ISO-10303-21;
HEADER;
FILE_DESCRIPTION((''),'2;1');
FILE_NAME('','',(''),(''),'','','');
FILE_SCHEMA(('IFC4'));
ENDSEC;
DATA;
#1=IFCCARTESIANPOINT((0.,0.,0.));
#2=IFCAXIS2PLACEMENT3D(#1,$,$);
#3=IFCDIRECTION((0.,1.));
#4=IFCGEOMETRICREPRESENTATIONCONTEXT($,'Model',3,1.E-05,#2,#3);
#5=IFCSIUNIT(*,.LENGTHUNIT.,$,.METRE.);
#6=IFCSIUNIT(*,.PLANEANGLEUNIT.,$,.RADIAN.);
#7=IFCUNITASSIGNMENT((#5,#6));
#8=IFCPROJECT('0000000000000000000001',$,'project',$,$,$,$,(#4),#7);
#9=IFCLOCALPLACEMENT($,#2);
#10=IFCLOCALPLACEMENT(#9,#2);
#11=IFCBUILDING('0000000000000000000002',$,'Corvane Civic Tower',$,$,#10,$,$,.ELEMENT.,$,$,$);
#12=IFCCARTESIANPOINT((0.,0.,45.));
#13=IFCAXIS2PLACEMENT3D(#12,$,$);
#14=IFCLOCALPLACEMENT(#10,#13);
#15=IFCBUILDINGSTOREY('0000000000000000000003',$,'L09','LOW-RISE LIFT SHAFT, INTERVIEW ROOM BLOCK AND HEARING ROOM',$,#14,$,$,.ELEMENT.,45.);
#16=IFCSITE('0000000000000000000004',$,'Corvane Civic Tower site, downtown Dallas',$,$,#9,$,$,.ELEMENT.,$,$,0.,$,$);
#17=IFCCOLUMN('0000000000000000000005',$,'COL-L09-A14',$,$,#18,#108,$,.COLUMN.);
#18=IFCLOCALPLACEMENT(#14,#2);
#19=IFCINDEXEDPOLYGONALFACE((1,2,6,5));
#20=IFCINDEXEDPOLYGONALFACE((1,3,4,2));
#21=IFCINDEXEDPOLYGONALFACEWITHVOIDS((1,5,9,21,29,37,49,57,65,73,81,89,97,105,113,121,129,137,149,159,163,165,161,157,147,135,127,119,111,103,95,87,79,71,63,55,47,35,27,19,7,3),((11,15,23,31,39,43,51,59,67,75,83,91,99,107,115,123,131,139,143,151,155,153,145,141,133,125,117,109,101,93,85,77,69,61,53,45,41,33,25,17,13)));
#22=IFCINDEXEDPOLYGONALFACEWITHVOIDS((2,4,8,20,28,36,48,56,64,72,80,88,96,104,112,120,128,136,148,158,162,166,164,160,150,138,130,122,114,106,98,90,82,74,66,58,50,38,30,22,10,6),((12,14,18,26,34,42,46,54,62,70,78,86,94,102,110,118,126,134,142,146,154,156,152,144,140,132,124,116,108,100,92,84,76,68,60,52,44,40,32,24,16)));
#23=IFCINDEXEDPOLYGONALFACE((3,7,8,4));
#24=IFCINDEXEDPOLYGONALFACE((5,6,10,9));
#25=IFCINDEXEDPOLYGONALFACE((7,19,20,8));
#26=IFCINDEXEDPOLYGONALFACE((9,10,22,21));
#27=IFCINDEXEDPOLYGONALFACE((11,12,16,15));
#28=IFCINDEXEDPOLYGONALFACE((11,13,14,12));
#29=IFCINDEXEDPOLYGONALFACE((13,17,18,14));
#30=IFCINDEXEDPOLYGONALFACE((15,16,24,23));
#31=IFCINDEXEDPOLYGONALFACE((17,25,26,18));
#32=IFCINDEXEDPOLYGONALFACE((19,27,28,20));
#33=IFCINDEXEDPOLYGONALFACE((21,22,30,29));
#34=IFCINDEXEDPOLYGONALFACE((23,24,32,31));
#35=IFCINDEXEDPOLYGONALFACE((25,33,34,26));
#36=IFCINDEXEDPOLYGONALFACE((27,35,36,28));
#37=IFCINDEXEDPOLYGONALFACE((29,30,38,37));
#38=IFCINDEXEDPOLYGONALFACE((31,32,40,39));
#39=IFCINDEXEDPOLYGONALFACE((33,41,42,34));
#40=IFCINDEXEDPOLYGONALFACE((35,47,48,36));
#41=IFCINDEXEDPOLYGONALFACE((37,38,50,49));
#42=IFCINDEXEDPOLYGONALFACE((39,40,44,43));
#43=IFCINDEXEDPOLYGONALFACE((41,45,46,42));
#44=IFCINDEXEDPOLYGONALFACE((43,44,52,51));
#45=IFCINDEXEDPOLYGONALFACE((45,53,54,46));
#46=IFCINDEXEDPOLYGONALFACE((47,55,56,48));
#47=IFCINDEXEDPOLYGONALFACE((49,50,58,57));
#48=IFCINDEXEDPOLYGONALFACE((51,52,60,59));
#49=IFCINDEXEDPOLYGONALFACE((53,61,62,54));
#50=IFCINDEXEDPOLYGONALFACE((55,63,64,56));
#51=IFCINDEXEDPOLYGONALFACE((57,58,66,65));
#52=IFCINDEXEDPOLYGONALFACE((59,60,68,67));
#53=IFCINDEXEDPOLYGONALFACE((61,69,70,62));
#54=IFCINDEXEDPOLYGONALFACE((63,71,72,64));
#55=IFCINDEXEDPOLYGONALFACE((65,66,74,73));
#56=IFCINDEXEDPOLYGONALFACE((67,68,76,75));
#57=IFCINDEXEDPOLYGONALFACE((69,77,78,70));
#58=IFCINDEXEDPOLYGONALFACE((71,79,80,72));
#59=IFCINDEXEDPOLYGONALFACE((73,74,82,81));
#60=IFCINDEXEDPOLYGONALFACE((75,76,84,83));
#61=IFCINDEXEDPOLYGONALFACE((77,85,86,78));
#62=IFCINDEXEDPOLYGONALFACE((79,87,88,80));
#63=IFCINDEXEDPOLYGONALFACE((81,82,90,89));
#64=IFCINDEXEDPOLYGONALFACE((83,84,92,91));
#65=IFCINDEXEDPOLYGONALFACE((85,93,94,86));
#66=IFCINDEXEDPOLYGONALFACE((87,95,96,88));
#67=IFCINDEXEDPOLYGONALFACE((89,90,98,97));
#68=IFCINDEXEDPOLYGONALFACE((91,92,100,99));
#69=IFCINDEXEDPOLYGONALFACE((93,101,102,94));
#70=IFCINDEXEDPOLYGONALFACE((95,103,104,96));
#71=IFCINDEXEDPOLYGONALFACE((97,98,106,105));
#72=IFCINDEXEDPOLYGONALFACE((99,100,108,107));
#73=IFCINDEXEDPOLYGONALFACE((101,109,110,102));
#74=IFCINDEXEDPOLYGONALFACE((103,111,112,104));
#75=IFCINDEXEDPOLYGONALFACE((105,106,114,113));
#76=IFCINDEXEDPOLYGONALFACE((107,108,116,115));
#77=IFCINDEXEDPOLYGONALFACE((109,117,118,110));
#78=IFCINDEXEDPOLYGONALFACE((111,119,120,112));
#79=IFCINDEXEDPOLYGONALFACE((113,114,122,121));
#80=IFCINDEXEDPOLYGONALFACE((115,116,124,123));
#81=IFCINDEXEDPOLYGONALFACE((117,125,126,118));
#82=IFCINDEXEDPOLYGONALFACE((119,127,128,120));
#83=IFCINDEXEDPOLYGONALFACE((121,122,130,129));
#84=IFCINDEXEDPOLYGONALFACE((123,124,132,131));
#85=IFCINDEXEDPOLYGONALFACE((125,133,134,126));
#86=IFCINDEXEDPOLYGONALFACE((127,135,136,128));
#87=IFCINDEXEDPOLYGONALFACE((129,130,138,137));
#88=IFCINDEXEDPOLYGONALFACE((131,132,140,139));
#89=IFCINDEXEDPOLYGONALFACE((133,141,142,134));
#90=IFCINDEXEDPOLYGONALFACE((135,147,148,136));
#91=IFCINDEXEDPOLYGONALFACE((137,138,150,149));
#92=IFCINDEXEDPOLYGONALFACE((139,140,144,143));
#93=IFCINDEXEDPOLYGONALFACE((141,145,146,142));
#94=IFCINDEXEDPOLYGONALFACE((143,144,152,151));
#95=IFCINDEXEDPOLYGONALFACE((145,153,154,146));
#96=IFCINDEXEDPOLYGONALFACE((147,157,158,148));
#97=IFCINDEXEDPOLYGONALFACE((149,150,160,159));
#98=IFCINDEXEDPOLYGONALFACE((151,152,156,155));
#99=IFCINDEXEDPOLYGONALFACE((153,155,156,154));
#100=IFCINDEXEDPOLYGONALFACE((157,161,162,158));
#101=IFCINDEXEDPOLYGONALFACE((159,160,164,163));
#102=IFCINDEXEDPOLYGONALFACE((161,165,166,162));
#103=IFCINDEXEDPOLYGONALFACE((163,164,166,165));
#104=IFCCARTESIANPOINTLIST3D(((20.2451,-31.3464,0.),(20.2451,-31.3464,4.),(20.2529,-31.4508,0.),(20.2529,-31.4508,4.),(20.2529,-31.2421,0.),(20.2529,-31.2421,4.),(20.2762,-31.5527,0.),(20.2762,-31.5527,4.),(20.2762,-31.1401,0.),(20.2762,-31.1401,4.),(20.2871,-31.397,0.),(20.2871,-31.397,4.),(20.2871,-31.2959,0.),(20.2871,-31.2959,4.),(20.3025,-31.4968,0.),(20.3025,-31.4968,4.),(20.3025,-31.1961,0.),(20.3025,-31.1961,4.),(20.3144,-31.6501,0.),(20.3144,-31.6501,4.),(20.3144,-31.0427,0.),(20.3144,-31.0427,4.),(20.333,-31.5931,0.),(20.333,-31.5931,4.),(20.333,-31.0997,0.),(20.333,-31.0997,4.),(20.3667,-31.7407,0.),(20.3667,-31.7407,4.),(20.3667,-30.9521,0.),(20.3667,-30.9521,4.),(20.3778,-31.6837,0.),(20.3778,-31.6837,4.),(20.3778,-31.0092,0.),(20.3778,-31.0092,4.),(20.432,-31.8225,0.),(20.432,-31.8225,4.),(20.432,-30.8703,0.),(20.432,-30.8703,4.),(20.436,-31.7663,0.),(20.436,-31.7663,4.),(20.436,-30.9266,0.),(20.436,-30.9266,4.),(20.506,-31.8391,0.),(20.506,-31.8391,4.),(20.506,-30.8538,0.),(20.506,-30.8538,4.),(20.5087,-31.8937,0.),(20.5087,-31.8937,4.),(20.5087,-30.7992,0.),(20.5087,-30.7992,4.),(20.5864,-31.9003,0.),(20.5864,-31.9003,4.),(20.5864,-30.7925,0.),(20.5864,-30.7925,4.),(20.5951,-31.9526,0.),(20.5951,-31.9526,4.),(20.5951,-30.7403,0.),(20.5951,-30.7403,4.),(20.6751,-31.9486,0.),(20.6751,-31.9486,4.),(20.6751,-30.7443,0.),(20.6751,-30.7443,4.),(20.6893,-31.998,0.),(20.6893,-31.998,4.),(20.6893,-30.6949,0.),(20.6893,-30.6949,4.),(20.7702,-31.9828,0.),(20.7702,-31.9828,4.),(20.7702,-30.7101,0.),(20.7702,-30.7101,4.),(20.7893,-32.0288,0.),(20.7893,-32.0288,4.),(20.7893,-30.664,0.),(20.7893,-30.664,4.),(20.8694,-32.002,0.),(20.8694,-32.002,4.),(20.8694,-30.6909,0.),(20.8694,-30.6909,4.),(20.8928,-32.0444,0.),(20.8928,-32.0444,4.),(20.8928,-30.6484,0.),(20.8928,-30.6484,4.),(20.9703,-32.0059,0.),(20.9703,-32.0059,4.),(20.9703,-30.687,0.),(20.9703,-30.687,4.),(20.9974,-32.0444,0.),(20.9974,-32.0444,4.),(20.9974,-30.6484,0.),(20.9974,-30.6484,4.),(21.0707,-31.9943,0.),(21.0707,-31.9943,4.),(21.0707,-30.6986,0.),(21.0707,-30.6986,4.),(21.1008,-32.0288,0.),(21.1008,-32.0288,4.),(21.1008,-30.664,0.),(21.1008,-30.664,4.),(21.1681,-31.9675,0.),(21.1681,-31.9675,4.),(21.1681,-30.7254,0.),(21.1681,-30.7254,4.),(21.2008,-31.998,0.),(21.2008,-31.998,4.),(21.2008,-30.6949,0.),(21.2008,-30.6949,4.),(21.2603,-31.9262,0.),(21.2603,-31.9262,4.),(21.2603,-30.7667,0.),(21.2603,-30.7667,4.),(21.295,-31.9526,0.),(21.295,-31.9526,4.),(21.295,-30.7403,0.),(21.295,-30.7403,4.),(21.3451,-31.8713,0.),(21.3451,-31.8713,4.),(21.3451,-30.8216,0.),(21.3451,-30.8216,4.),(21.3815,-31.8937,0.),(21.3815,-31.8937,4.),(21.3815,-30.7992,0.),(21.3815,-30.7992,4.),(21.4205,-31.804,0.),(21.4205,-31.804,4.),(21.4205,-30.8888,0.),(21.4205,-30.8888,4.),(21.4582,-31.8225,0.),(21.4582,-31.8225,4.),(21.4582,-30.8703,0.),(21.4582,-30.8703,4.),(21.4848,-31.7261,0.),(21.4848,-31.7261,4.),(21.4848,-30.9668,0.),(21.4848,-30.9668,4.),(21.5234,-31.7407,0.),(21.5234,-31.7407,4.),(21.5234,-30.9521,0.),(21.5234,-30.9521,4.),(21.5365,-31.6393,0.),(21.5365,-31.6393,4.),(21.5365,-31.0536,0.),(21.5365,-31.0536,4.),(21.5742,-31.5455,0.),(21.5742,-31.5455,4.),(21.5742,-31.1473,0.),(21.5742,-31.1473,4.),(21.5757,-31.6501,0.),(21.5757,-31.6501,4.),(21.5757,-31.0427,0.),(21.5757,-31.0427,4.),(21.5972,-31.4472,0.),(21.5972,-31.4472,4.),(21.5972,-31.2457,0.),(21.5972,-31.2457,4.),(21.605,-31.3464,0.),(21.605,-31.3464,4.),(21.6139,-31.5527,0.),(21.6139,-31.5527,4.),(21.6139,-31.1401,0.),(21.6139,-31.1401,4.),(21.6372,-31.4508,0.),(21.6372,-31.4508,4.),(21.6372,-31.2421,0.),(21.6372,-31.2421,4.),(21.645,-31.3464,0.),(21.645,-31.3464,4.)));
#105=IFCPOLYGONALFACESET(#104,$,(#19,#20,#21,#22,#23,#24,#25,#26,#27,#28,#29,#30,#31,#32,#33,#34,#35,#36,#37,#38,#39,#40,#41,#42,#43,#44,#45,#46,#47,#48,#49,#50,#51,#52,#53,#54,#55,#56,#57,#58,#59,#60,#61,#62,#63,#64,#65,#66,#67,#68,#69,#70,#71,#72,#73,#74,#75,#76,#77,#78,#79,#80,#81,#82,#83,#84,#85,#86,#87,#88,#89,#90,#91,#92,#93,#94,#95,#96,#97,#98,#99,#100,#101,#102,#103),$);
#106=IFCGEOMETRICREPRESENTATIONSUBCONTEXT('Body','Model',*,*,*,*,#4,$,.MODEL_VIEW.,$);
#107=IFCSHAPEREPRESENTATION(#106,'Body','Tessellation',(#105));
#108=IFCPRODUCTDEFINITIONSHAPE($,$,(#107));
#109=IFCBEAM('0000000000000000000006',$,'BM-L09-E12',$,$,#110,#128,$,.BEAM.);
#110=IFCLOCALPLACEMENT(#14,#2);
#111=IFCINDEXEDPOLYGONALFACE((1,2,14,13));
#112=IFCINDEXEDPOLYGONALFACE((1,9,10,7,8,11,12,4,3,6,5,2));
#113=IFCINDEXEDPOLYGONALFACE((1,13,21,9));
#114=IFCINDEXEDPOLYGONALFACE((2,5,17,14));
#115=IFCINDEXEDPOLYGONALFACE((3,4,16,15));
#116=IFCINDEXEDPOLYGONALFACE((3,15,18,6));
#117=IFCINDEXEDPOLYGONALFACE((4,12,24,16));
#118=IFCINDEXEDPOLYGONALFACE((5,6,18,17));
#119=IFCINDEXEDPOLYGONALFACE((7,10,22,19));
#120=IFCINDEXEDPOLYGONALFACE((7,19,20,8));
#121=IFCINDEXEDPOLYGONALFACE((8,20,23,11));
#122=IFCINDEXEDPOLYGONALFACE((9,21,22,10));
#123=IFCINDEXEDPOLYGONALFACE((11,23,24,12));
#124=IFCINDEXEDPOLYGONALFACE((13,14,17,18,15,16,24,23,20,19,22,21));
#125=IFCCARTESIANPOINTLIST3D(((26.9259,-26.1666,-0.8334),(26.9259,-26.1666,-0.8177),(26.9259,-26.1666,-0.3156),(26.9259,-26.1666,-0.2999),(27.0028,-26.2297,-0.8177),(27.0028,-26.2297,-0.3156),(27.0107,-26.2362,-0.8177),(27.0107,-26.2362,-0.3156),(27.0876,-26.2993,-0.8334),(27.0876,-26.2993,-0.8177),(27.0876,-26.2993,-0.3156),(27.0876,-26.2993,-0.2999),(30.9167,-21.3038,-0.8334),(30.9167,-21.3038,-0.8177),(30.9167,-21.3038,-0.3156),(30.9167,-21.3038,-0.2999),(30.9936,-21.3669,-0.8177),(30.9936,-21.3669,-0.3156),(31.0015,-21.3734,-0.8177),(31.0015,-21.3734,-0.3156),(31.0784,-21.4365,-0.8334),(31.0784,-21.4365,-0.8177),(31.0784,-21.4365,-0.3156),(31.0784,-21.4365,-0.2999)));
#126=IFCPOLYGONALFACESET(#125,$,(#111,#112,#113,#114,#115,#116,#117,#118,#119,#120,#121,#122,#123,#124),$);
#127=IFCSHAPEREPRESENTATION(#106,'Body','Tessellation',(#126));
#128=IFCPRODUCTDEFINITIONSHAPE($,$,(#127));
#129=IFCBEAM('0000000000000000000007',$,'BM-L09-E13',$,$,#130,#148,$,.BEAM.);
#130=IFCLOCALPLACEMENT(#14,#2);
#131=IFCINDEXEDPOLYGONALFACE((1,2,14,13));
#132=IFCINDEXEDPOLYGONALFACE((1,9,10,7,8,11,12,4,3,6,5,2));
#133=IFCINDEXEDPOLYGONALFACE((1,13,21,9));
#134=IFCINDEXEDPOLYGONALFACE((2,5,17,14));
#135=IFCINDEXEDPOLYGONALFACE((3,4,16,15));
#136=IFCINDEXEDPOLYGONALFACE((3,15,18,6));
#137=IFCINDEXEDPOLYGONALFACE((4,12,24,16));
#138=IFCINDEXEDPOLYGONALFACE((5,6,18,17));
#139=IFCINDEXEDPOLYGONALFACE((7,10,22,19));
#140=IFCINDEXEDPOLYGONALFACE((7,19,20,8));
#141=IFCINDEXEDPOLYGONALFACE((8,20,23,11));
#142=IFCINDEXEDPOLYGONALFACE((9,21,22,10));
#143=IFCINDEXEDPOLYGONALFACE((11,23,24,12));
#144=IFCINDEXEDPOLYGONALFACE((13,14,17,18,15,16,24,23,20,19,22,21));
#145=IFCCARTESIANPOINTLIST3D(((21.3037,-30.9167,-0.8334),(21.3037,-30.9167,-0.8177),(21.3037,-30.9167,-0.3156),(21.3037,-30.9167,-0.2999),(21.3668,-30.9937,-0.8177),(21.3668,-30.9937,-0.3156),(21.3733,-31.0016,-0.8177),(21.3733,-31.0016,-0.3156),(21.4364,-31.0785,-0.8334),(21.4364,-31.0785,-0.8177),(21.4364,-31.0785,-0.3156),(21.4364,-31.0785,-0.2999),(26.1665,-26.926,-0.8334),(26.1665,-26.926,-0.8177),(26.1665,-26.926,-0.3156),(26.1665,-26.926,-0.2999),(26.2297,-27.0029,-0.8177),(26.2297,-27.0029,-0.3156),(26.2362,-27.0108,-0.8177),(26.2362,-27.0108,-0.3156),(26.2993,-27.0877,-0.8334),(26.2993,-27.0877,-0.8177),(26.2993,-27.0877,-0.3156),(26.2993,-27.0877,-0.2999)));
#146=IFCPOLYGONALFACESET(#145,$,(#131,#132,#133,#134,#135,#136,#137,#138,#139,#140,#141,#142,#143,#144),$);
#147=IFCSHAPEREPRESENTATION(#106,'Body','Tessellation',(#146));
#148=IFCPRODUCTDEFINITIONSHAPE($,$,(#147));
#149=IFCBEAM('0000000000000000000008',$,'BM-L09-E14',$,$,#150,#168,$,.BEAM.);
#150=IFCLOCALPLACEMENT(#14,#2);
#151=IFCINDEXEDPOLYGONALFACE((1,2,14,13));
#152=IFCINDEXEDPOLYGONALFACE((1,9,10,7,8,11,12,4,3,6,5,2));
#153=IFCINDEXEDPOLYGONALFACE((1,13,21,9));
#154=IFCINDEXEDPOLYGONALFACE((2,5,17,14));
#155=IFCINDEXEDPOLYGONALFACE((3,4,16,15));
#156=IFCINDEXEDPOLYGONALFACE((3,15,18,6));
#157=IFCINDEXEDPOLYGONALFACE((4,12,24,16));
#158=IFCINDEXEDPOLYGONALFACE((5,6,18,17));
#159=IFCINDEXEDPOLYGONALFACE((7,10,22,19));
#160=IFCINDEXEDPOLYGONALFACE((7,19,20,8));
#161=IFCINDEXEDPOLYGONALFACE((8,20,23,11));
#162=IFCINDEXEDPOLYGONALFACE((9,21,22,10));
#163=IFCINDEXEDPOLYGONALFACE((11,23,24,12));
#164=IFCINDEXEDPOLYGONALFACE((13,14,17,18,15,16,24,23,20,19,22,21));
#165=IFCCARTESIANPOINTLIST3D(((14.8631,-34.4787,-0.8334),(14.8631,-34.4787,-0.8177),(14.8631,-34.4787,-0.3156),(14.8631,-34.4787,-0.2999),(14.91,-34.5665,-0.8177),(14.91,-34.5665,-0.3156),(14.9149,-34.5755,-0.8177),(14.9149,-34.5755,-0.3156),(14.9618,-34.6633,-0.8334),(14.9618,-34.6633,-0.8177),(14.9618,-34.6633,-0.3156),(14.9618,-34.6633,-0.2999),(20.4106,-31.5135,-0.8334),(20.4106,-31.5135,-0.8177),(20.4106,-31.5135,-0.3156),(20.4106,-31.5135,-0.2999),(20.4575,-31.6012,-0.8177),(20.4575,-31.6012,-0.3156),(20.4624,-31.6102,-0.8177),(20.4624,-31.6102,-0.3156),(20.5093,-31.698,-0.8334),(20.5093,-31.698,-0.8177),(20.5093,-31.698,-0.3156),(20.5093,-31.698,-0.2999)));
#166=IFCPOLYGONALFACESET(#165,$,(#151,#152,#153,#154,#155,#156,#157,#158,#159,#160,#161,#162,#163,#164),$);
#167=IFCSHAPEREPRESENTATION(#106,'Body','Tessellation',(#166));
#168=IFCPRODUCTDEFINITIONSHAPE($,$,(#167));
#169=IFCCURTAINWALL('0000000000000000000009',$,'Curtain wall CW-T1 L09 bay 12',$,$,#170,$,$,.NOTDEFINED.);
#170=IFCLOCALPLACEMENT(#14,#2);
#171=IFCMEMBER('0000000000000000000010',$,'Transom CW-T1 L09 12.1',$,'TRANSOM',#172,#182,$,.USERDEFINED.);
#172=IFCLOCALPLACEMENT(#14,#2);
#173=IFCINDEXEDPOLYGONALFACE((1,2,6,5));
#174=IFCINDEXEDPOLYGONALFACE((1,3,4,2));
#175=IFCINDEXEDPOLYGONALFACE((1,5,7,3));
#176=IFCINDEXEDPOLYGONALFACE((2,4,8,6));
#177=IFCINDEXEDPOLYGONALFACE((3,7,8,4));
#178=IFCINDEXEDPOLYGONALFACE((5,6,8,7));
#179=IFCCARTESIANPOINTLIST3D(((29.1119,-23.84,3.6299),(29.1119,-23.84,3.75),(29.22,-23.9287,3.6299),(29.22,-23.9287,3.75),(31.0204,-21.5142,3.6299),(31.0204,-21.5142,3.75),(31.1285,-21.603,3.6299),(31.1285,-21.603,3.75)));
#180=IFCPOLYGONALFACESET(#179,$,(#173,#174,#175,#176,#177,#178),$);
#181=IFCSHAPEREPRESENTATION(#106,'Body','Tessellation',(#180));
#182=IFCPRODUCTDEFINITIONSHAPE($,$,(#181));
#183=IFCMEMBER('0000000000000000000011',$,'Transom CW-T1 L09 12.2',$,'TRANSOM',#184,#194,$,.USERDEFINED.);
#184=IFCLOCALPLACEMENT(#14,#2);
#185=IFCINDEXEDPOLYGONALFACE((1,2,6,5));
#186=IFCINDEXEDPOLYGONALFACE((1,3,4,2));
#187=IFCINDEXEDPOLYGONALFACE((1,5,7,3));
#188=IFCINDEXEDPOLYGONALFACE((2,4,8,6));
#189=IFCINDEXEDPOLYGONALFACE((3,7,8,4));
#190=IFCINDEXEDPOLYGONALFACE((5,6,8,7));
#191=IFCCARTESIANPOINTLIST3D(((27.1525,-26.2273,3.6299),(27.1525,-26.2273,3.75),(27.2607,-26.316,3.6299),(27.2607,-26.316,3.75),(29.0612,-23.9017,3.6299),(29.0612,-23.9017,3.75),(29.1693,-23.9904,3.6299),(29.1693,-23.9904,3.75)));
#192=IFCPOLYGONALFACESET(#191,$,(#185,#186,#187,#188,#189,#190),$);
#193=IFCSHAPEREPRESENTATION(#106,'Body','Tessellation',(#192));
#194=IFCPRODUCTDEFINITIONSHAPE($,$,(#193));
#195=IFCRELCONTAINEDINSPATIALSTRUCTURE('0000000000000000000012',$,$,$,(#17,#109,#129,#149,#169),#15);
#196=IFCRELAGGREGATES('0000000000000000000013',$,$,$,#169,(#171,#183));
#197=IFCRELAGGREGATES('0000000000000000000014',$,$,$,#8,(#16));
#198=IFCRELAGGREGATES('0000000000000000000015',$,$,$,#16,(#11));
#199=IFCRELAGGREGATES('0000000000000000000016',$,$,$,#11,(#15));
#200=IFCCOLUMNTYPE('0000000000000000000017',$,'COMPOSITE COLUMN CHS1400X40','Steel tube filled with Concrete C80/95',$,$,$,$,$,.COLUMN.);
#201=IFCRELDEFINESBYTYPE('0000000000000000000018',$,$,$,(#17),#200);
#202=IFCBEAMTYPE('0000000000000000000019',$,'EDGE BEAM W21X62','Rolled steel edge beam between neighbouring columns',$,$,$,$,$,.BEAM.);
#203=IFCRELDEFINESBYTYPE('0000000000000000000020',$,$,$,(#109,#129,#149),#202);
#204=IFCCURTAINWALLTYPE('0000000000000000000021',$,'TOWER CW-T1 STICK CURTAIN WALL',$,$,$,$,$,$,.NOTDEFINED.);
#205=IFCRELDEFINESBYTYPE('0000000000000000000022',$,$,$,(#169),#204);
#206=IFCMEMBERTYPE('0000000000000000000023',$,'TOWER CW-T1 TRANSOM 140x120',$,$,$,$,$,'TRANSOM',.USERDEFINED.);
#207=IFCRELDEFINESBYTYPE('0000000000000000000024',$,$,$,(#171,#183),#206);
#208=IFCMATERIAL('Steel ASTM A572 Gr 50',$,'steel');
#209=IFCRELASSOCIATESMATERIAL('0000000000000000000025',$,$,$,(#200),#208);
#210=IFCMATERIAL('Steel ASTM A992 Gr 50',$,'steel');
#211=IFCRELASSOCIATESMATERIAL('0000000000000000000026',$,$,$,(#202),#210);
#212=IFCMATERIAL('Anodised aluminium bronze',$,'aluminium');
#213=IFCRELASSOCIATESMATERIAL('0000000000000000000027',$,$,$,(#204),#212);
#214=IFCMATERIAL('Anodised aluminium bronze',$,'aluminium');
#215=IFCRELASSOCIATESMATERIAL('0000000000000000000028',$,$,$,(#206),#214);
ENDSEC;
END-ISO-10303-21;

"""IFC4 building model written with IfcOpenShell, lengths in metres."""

from ifc_helpers import new_model, si_unit, direction, frame, origin, origin_2d, place, context, subcontext, project, spatial, rectangle, hollow_circle, i_section, extrude, material, material_profile, profile_set, type_object, element, aggregate, save


model = new_model("IFC4")

# Units and contexts
model_context = context("Model", 3, precision=1e-05, world=origin(), true_north=direction((0.0, 1.0)))
body_context = subcontext(model_context, "Body", "Model", "MODEL_VIEW")
ifc_project = project(units=[si_unit("LENGTHUNIT", "METRE"), si_unit("PLANEANGLEUNIT", "RADIAN")], contexts=[model_context])

# Site, building, storey
site_placement = place(None, origin())
site = spatial("IfcSite", under=ifc_project, at=site_placement, Name="Corvane Civic Tower site, downtown Dallas", CompositionType="ELEMENT", RefElevation=0.0)
building_placement = place(site_placement, origin())
building = spatial("IfcBuilding", under=site, at=building_placement, Name="Corvane Civic Tower", CompositionType="ELEMENT")
storey_placement = place(building_placement, frame((0.0, 0.0, 45.0)))
storey = spatial("IfcBuildingStorey", under=building, at=storey_placement, Name="L09", Description="LOW-RISE LIFT SHAFT, INTERVIEW ROOM BLOCK AND HEARING ROOM", CompositionType="ELEMENT", Elevation=45.0)

# Column
ifc_material_1 = material(Name="Steel ASTM A572 Gr 50", Category="steel")
ifc_material_profile_1 = material_profile(ifc_material_1, hollow_circle(Radius=0.7, WallThickness=0.04, at=origin_2d()), Name="CHS1400X40")
ifc_profile_set_1 = profile_set([ifc_material_profile_1], Name="Steel ASTM A572 Gr 50")
column_type = type_object("IfcColumnType", Name="COMPOSITE COLUMN CHS1400X40", Description="Steel tube filled with Concrete C80/95", PredefinedType="COLUMN", material=ifc_profile_set_1)
for number, where, z_axis, x_axis, name in (
    (1, (20.9451, -31.3464, 0.0), (0.0, 0.0, 1.0), (1.0, 0.0, 0.0), "COL-L09-A14"),
):
    element("IfcColumn", number, at=place(storey_placement, frame(where, z_axis=z_axis, x_axis=x_axis)), inside=storey, type_object=column_type, Name=name, PredefinedType="COLUMN", context=body_context, shape_type="SweptSolid", body=[
        extrude(hollow_circle(Radius=0.7, WallThickness=0.04, at=origin_2d()), origin(), (0.0, 0.0, 1.0), 4.0),
    ])

# Beams
ifc_material_2 = material(Name="Steel ASTM A992 Gr 50", Category="steel")
ifc_material_profile_2 = material_profile(ifc_material_2, i_section(OverallWidth=0.2092, OverallDepth=0.5334, WebThickness=0.0103, FlangeThickness=0.0156, at=origin_2d()), Name="W21X62")
ifc_profile_set_2 = profile_set([ifc_material_profile_2], Name="Steel ASTM A992 Gr 50")
beam_type = type_object("IfcBeamType", Name="EDGE BEAM W21X62", Description="Rolled steel edge beam between neighbouring columns", PredefinedType="BEAM", material=ifc_profile_set_2)
for number, where, z_axis, x_axis, name in (
    (2, (30.9976, -21.3701, -0.5667), (-0.634387, -0.773016, 0.0), (0.773016, -0.634387, 0.0), "BM-L09-E12"),
    (3, (26.2329, -27.0068, -0.5667), (-0.773016, -0.634387, 0.0), (0.634387, -0.773016, 0.0), "BM-L09-E13"),
):
    element("IfcBeam", number, at=place(storey_placement, frame(where, z_axis=z_axis, x_axis=x_axis)), inside=storey, type_object=beam_type, Name=name, PredefinedType="BEAM", context=body_context, shape_type="SweptSolid", body=[
        extrude(i_section(OverallWidth=0.2092, OverallDepth=0.5334, WebThickness=0.0103, FlangeThickness=0.0156, at=origin_2d()), origin(), (0.0, 0.0, 1.0), 6.2908),
    ])
beam_placement = place(storey_placement, frame((20.46, -31.6057, -0.5667), z_axis=(-0.881916, -0.471406, 0.0), x_axis=(0.471406, -0.881916, 0.0)))
element("IfcBeam", 4, at=beam_placement, inside=storey, type_object=beam_type, Name="BM-L09-E14", PredefinedType="BEAM", context=body_context, shape_type="SweptSolid", body=[
    extrude(i_section(OverallWidth=0.2092, OverallDepth=0.5334, WebThickness=0.0103, FlangeThickness=0.0156, at=origin_2d()), origin(), (0.0, 0.0, 1.0), 6.2903),
])

# Curtain wall, members
ifc_material_3 = material(Name="Anodised aluminium bronze", Category="aluminium")
curtain_wall_type = type_object("IfcCurtainWallType", Name="TOWER CW-T1 STICK CURTAIN WALL", PredefinedType="NOTDEFINED", material=ifc_material_3)
curtain_wall_1_placement = place(storey_placement, origin())
curtain_wall_1 = element("IfcCurtainWall", 5, at=curtain_wall_1_placement, inside=storey, type_object=curtain_wall_type, Name="Curtain wall CW-T1 L09 bay 12", PredefinedType="NOTDEFINED")
ifc_material_4 = material(Name="Anodised aluminium bronze", Category="aluminium")
ifc_material_profile_3 = material_profile(ifc_material_4, rectangle(XDim=0.1399, YDim=0.1201, at=origin_2d()), Name="TOWER CW-T1 TRANSOM 140x120")
ifc_profile_set_3 = profile_set([ifc_material_profile_3], Name="Anodised aluminium bronze")
member_type_1 = type_object("IfcMemberType", Name="TOWER CW-T1 TRANSOM 140x120", ElementType="TRANSOM", PredefinedType="USERDEFINED", material=ifc_profile_set_3)
member_1_placement = place(storey_placement, frame((31.0745, -21.5586, 3.6899), z_axis=(-0.634355, -0.773042, 0.0), x_axis=(0.773042, -0.634355, 0.0)))
member_1 = element("IfcMember", 6, at=member_1_placement, type_object=member_type_1, Name="Transom CW-T1 L09 12.1", ObjectType="TRANSOM", PredefinedType="USERDEFINED", context=body_context, shape_type="SweptSolid", body=[
    extrude(rectangle(XDim=0.1399, YDim=0.1201, at=origin_2d()), origin(), (0.0, 0.0, 1.0), 3.0085),
])
member_2_placement = place(storey_placement, frame((29.1152, -23.946, 3.6899), z_axis=(-0.634404, -0.773002, 0.0), x_axis=(0.773002, -0.634404, 0.0)))
member_2 = element("IfcMember", 7, at=member_2_placement, type_object=member_type_1, Name="Transom CW-T1 L09 12.2", ObjectType="TRANSOM", PredefinedType="USERDEFINED", context=body_context, shape_type="SweptSolid", body=[
    extrude(rectangle(XDim=0.1399, YDim=0.1201, at=origin_2d()), origin(), (0.0, 0.0, 1.0), 3.0085),
])

aggregate(curtain_wall_1, [member_1, member_2])

save(model, "model.ifc")
